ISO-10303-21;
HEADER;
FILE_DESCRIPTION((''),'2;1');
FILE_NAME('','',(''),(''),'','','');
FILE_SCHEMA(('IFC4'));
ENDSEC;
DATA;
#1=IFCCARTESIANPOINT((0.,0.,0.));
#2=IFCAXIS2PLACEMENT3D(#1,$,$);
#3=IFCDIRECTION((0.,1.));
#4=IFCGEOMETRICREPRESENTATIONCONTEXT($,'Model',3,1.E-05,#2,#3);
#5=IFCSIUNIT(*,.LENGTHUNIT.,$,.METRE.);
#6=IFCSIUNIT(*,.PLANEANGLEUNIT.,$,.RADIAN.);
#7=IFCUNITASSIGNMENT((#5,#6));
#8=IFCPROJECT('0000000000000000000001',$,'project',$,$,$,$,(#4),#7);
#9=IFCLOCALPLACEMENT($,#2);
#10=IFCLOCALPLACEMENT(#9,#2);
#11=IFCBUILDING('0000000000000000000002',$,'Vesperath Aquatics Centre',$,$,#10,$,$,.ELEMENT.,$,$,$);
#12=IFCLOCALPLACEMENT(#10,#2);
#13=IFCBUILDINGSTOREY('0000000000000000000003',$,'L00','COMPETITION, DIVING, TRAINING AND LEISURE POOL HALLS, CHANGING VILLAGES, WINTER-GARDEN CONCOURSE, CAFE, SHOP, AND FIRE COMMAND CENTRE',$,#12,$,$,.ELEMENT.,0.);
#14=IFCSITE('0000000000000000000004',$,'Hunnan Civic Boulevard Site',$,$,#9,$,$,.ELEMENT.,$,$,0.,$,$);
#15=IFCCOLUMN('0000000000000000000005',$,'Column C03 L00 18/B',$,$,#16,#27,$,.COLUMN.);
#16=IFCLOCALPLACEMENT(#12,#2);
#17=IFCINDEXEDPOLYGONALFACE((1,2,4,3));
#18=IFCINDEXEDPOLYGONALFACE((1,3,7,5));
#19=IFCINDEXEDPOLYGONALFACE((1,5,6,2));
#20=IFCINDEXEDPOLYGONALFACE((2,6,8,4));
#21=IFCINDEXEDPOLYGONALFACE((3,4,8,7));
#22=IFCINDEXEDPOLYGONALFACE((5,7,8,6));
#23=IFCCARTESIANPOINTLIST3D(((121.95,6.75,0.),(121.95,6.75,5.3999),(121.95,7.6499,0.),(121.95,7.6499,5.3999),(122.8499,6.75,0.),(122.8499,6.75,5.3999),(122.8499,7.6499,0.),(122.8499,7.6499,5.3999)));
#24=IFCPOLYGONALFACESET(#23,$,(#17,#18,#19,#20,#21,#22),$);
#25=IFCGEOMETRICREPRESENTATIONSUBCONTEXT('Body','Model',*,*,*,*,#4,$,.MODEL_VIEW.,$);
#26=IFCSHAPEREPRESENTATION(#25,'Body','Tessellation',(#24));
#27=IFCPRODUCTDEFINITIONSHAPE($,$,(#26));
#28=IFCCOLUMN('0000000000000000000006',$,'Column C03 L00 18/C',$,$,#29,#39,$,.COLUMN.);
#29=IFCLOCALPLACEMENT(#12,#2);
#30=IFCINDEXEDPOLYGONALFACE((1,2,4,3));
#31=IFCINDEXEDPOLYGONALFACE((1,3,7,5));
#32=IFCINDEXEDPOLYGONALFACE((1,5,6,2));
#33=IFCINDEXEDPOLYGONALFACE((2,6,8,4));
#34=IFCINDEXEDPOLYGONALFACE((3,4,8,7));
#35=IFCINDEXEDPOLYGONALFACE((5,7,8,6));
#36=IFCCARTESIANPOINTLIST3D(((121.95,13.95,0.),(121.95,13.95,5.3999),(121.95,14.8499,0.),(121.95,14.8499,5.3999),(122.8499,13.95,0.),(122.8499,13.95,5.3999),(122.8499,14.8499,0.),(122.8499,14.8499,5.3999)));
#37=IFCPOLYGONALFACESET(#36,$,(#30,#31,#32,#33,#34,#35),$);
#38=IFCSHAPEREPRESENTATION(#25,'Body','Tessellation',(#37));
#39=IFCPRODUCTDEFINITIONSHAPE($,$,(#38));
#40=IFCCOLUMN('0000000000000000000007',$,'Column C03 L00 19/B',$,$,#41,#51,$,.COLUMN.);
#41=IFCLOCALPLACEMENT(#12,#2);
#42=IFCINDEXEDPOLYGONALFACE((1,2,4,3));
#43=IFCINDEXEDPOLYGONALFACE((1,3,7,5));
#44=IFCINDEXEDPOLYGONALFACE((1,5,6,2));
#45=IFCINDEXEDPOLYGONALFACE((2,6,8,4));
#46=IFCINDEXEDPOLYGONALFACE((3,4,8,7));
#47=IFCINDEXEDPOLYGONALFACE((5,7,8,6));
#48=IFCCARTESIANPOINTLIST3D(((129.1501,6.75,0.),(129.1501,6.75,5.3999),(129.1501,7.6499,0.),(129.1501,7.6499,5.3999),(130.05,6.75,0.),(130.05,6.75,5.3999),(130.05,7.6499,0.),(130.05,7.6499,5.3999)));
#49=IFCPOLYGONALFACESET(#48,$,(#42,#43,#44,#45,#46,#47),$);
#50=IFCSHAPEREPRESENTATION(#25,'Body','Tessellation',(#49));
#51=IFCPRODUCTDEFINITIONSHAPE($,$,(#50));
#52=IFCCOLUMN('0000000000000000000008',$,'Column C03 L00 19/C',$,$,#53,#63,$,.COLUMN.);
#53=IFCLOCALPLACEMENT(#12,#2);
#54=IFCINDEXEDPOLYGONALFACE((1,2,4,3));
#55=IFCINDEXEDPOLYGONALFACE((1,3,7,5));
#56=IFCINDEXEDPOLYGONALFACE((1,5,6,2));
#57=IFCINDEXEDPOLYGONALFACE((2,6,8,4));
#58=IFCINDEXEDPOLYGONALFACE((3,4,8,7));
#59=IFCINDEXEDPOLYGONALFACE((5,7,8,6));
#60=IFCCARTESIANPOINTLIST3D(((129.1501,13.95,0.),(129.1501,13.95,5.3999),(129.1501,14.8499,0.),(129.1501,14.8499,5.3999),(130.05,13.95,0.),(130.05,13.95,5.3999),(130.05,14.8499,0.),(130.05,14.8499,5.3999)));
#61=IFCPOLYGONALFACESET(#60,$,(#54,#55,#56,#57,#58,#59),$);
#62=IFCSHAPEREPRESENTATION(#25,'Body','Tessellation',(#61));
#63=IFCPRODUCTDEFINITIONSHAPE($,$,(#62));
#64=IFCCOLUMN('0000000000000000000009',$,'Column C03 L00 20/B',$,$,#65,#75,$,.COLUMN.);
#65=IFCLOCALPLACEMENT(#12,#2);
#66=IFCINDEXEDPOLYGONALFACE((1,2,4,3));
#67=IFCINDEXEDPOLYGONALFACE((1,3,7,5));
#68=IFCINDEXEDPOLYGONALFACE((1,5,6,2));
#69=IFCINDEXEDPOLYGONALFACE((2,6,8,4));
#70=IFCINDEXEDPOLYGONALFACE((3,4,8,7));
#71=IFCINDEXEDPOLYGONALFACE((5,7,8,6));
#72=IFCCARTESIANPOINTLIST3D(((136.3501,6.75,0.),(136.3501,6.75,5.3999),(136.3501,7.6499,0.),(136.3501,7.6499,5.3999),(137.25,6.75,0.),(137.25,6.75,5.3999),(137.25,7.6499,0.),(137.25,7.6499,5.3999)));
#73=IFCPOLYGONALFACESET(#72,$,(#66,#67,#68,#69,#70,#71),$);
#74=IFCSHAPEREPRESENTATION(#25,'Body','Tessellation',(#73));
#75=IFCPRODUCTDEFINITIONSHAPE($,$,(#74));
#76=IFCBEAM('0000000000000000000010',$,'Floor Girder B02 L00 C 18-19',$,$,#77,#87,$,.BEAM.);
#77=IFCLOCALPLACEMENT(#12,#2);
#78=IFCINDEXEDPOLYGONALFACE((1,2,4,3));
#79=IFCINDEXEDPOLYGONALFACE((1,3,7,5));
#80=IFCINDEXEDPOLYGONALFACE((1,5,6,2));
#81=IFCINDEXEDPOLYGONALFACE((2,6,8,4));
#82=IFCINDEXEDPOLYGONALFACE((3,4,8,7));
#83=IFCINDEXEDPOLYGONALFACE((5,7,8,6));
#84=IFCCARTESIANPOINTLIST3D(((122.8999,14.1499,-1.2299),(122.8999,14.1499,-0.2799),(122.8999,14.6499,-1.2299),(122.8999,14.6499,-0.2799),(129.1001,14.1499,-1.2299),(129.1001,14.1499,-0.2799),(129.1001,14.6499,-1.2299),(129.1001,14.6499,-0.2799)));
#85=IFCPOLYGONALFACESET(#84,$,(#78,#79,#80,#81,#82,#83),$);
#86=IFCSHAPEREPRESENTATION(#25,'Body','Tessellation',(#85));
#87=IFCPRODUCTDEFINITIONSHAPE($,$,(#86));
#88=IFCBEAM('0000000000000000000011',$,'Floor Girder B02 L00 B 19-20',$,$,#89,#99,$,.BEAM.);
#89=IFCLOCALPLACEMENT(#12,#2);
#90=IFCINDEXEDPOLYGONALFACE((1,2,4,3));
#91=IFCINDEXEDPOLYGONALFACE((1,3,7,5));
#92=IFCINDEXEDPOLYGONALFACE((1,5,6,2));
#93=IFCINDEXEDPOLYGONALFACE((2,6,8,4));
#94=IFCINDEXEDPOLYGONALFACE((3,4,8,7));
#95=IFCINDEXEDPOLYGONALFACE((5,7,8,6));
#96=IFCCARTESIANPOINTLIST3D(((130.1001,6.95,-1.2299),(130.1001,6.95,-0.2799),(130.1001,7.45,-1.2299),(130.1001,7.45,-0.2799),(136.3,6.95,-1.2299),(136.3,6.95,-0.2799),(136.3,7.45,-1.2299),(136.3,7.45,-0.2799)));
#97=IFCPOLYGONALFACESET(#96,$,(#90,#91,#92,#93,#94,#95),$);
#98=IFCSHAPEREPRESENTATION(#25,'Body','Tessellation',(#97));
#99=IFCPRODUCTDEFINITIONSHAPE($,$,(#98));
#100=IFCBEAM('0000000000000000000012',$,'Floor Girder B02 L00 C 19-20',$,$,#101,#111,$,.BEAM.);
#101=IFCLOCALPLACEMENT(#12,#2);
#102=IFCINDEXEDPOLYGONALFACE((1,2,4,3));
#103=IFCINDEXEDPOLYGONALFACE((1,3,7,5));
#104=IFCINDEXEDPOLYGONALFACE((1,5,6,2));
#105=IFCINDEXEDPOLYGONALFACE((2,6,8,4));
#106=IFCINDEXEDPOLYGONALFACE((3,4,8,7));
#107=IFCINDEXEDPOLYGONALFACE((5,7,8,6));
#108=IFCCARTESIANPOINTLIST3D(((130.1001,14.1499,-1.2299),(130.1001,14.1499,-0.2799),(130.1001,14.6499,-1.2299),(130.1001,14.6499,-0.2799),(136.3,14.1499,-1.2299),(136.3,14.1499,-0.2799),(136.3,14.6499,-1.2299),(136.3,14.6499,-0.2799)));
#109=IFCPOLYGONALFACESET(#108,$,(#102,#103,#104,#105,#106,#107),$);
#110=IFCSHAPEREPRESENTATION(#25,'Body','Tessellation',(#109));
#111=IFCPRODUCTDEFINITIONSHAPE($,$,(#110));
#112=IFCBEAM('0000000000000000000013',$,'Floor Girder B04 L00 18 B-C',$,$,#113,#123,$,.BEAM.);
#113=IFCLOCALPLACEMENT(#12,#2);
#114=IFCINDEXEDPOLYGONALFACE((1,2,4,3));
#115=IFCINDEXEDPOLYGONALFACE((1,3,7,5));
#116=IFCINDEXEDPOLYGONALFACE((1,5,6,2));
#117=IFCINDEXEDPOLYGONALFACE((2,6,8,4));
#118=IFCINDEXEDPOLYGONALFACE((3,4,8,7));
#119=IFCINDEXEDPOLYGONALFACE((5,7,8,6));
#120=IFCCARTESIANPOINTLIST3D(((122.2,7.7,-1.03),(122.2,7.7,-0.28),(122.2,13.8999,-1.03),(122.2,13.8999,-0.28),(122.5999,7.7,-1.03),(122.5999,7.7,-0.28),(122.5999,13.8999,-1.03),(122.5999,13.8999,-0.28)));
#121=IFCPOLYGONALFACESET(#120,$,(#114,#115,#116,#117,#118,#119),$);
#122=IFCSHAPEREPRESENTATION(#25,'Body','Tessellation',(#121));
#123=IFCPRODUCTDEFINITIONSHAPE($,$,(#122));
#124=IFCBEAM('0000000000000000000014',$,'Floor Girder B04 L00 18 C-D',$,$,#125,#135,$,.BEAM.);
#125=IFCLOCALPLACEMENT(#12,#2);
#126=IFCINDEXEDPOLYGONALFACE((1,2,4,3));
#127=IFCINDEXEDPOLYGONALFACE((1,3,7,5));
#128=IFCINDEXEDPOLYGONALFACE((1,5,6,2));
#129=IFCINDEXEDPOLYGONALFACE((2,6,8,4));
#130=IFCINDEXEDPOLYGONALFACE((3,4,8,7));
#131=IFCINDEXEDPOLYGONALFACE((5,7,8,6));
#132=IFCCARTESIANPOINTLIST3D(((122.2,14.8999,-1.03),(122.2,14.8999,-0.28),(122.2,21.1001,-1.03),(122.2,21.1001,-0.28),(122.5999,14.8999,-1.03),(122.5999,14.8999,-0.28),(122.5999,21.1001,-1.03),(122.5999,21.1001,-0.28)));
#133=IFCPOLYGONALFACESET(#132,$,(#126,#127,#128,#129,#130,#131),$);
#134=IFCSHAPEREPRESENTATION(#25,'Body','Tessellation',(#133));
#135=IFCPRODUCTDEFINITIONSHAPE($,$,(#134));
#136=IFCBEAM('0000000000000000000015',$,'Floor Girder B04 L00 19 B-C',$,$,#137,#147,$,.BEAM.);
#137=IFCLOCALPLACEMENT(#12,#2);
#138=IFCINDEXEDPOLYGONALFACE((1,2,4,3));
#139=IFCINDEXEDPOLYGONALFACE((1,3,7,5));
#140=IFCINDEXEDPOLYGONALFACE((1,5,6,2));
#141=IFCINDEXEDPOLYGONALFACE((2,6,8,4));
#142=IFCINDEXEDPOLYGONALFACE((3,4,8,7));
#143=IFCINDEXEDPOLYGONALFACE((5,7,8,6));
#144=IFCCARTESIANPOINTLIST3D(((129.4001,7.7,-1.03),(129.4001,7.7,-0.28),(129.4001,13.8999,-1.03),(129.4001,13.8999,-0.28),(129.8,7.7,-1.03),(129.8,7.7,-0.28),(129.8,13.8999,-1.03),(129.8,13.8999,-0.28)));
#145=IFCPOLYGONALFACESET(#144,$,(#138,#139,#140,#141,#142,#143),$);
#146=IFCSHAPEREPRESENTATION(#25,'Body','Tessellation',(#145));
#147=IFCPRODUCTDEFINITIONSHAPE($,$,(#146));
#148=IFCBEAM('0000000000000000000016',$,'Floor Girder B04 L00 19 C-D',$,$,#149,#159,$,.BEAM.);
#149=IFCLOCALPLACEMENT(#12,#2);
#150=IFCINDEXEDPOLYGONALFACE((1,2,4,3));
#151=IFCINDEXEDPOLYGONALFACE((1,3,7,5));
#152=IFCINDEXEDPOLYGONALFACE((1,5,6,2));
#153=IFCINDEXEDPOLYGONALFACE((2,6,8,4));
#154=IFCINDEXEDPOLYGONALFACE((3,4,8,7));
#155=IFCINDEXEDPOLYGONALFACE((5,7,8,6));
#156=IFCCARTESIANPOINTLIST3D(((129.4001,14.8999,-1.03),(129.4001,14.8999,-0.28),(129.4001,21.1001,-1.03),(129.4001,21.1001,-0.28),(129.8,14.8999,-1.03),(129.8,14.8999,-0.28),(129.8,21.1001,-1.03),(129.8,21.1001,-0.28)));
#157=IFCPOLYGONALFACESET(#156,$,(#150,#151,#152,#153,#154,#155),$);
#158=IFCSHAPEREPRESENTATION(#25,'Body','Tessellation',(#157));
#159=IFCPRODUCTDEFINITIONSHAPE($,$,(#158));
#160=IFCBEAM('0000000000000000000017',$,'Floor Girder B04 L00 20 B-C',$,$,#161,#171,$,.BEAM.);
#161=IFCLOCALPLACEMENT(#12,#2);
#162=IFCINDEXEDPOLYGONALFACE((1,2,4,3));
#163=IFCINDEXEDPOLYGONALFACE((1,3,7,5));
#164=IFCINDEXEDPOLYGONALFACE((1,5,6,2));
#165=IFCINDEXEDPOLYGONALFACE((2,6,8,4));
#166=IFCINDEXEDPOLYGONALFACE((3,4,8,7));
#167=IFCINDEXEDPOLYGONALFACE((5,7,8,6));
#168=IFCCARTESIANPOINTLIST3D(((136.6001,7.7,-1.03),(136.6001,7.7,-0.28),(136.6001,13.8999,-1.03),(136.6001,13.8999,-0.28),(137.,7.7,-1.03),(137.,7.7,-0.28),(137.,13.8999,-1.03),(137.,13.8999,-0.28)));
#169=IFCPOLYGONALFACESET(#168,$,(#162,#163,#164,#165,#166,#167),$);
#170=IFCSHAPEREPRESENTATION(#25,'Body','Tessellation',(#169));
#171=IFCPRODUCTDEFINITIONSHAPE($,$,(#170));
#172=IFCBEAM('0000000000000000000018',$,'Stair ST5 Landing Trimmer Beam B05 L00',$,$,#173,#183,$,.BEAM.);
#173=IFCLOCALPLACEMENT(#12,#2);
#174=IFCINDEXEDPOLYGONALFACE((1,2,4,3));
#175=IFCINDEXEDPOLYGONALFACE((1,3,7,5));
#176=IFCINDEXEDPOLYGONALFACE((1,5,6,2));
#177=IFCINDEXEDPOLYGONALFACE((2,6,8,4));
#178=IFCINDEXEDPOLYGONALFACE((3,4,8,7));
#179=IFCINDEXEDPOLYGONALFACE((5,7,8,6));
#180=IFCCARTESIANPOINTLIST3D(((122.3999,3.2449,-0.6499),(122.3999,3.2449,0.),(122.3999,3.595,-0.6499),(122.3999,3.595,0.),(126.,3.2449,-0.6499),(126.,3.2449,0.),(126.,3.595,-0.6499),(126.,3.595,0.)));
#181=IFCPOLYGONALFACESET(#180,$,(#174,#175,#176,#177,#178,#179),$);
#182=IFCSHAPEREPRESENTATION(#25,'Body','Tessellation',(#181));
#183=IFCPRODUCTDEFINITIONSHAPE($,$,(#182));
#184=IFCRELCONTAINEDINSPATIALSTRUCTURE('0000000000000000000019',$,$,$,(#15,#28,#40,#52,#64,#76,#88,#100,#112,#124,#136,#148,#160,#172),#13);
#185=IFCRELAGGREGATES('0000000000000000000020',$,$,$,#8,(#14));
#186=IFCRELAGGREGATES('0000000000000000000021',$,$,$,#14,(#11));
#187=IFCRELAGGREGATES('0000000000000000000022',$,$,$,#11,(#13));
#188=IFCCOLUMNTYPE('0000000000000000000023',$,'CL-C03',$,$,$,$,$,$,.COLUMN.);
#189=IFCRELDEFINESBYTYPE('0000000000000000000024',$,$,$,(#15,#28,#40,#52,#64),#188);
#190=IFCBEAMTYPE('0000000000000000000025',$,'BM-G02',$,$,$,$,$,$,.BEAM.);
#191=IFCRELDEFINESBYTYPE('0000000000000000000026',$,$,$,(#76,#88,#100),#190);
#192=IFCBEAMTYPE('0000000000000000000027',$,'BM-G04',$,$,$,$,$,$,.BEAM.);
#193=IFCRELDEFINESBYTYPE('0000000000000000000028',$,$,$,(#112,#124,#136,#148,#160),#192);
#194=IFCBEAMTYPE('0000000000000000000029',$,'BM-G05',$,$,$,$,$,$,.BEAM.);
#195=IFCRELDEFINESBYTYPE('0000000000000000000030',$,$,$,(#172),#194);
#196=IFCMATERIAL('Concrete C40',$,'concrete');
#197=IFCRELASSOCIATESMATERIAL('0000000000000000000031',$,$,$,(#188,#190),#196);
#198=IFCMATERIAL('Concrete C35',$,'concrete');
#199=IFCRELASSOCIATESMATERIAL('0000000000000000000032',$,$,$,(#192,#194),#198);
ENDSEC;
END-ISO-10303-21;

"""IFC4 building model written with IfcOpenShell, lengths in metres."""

from ifc_helpers import new_model, si_unit, direction, frame, origin, origin_2d, place, context, subcontext, project, spatial, rectangle, extrude, material, material_profile, profile_set, type_object, element, save


model = new_model("IFC4")

# Units and contexts
model_context = context("Model", 3, precision=1e-05, world=origin(), true_north=direction((0.0, 1.0)))
body_context = subcontext(model_context, "Body", "Model", "MODEL_VIEW")
ifc_project = project(units=[si_unit("LENGTHUNIT", "METRE"), si_unit("PLANEANGLEUNIT", "RADIAN")], contexts=[model_context])

# Site, building, storey
site_placement = place(None, origin())
site = spatial("IfcSite", under=ifc_project, at=site_placement, Name="Hunnan Civic Boulevard Site", CompositionType="ELEMENT", RefElevation=0.0)
building_placement = place(site_placement, origin())
building = spatial("IfcBuilding", under=site, at=building_placement, Name="Vesperath Aquatics Centre", CompositionType="ELEMENT")
storey_placement = place(building_placement, origin())
storey = spatial("IfcBuildingStorey", under=building, at=storey_placement, Name="L00", Description="COMPETITION, DIVING, TRAINING AND LEISURE POOL HALLS, CHANGING VILLAGES, WINTER-GARDEN CONCOURSE, CAFE, SHOP, AND FIRE COMMAND CENTRE", CompositionType="ELEMENT", Elevation=0.0)

# Columns
ifc_material_1 = material(Name="Concrete C40", Category="concrete")
ifc_material_profile_1 = material_profile(ifc_material_1, rectangle(XDim=0.8999, YDim=0.8999, at=origin_2d()), Name="RC 900x900")
ifc_profile_set_1 = profile_set([ifc_material_profile_1], Name="Concrete C40")
column_type = type_object("IfcColumnType", Name="CL-C03", PredefinedType="COLUMN", material=ifc_profile_set_1)
for number, where, z_axis, x_axis, name in (
    (1, (122.3999, 7.2, 0.0), (0.0, 0.0, 1.0), (1.0, 0.0, 0.0), "Column C03 L00 18/B"),
    (2, (122.3999, 14.3999, 0.0), (0.0, 0.0, 1.0), (1.0, 0.0, 0.0), "Column C03 L00 18/C"),
    (3, (129.6001, 7.2, 0.0), (0.0, 0.0, 1.0), (1.0, 0.0, 0.0), "Column C03 L00 19/B"),
    (4, (129.6001, 14.3999, 0.0), (0.0, 0.0, 1.0), (1.0, 0.0, 0.0), "Column C03 L00 19/C"),
    (5, (136.8, 7.2, 0.0), (0.0, 0.0, 1.0), (1.0, 0.0, 0.0), "Column C03 L00 20/B"),
):
    element("IfcColumn", number, at=place(storey_placement, frame(where, z_axis=z_axis, x_axis=x_axis)), inside=storey, type_object=column_type, Name=name, PredefinedType="COLUMN", context=body_context, shape_type="SweptSolid", body=[
        extrude(rectangle(XDim=0.8999, YDim=0.8999, at=origin_2d()), origin(), (0.0, 0.0, 1.0), 5.3999),
    ])

# Beams
ifc_material_profile_2 = material_profile(ifc_material_1, rectangle(XDim=0.5, YDim=0.95, at=origin_2d()), Name="RC 500x950")
ifc_profile_set_2 = profile_set([ifc_material_profile_2], Name="Concrete C40")
beam_type_1 = type_object("IfcBeamType", Name="BM-G02", PredefinedType="BEAM", material=ifc_profile_set_2)
beam_1_placement = place(storey_placement, frame((122.8999, 14.3999, -0.7549), z_axis=(1.0, 0.0, 0.0), x_axis=(0.0, 1.0, 0.0)))
element("IfcBeam", 6, at=beam_1_placement, inside=storey, type_object=beam_type_1, Name="Floor Girder B02 L00 C 18-19", PredefinedType="BEAM", context=body_context, shape_type="SweptSolid", body=[
    extrude(rectangle(XDim=0.5, YDim=0.95, at=origin_2d()), origin(), (0.0, 0.0, 1.0), 6.2002),
])
for number, where, z_axis, x_axis, name in (
    (7, (130.1001, 7.2, -0.7549), (1.0, 0.0, 0.0), (0.0, 1.0, 0.0), "Floor Girder B02 L00 B 19-20"),
    (8, (130.1001, 14.3999, -0.7549), (1.0, 0.0, 0.0), (0.0, 1.0, 0.0), "Floor Girder B02 L00 C 19-20"),
):
    element("IfcBeam", number, at=place(storey_placement, frame(where, z_axis=z_axis, x_axis=x_axis)), inside=storey, type_object=beam_type_1, Name=name, PredefinedType="BEAM", context=body_context, shape_type="SweptSolid", body=[
        extrude(rectangle(XDim=0.5, YDim=0.95, at=origin_2d()), origin(), (0.0, 0.0, 1.0), 6.2),
    ])
ifc_material_2 = material(Name="Concrete C35", Category="concrete")
ifc_material_profile_3 = material_profile(ifc_material_2, rectangle(XDim=0.3999, YDim=0.75, at=origin_2d()), Name="RC 400x750")
ifc_profile_set_3 = profile_set([ifc_material_profile_3], Name="Concrete C35")
beam_type_2 = type_object("IfcBeamType", Name="BM-G04", PredefinedType="BEAM", material=ifc_profile_set_3)
beam_2_placement = place(storey_placement, frame((122.3999, 7.7, -0.655), z_axis=(0.0, 1.0, 0.0), x_axis=(-1.0, 0.0, 0.0)))
element("IfcBeam", 9, at=beam_2_placement, inside=storey, type_object=beam_type_2, Name="Floor Girder B04 L00 18 B-C", PredefinedType="BEAM", context=body_context, shape_type="SweptSolid", body=[
    extrude(rectangle(XDim=0.3999, YDim=0.75, at=origin_2d()), origin(), (0.0, 0.0, 1.0), 6.2),
])
beam_3_placement = place(storey_placement, frame((122.3999, 14.8999, -0.655), z_axis=(0.0, 1.0, 0.0), x_axis=(-1.0, 0.0, 0.0)))
element("IfcBeam", 10, at=beam_3_placement, inside=storey, type_object=beam_type_2, Name="Floor Girder B04 L00 18 C-D", PredefinedType="BEAM", context=body_context, shape_type="SweptSolid", body=[
    extrude(rectangle(XDim=0.3999, YDim=0.75, at=origin_2d()), origin(), (0.0, 0.0, 1.0), 6.2002),
])
beam_4_placement = place(storey_placement, frame((129.6001, 7.7, -0.655), z_axis=(0.0, 1.0, 0.0), x_axis=(-1.0, 0.0, 0.0)))
element("IfcBeam", 11, at=beam_4_placement, inside=storey, type_object=beam_type_2, Name="Floor Girder B04 L00 19 B-C", PredefinedType="BEAM", context=body_context, shape_type="SweptSolid", body=[
    extrude(rectangle(XDim=0.3999, YDim=0.75, at=origin_2d()), origin(), (0.0, 0.0, 1.0), 6.2),
])
beam_5_placement = place(storey_placement, frame((129.6001, 14.8999, -0.655), z_axis=(0.0, 1.0, 0.0), x_axis=(-1.0, 0.0, 0.0)))
element("IfcBeam", 12, at=beam_5_placement, inside=storey, type_object=beam_type_2, Name="Floor Girder B04 L00 19 C-D", PredefinedType="BEAM", context=body_context, shape_type="SweptSolid", body=[
    extrude(rectangle(XDim=0.3999, YDim=0.75, at=origin_2d()), origin(), (0.0, 0.0, 1.0), 6.2002),
])
beam_6_placement = place(storey_placement, frame((136.8, 7.7, -0.655), z_axis=(0.0, 1.0, 0.0), x_axis=(-1.0, 0.0, 0.0)))
element("IfcBeam", 13, at=beam_6_placement, inside=storey, type_object=beam_type_2, Name="Floor Girder B04 L00 20 B-C", PredefinedType="BEAM", context=body_context, shape_type="SweptSolid", body=[
    extrude(rectangle(XDim=0.3999, YDim=0.75, at=origin_2d()), origin(), (0.0, 0.0, 1.0), 6.2),
])
ifc_material_profile_4 = material_profile(ifc_material_2, rectangle(XDim=0.3501, YDim=0.6499, at=origin_2d()), Name="RC 350x650")
ifc_profile_set_4 = profile_set([ifc_material_profile_4], Name="Concrete C35")
beam_type_3 = type_object("IfcBeamType", Name="BM-G05", PredefinedType="BEAM", material=ifc_profile_set_4)
beam_7_placement = place(storey_placement, frame((122.3999, 3.4199, -0.325), z_axis=(1.0, 0.0, 0.0), x_axis=(0.0, 1.0, 0.0)))
element("IfcBeam", 14, at=beam_7_placement, inside=storey, type_object=beam_type_3, Name="Stair ST5 Landing Trimmer Beam B05 L00", PredefinedType="BEAM", context=body_context, shape_type="SweptSolid", body=[
    extrude(rectangle(XDim=0.3501, YDim=0.6499, at=origin_2d()), origin(), (0.0, 0.0, 1.0), 3.6001),
])

save(model, "model.ifc")
